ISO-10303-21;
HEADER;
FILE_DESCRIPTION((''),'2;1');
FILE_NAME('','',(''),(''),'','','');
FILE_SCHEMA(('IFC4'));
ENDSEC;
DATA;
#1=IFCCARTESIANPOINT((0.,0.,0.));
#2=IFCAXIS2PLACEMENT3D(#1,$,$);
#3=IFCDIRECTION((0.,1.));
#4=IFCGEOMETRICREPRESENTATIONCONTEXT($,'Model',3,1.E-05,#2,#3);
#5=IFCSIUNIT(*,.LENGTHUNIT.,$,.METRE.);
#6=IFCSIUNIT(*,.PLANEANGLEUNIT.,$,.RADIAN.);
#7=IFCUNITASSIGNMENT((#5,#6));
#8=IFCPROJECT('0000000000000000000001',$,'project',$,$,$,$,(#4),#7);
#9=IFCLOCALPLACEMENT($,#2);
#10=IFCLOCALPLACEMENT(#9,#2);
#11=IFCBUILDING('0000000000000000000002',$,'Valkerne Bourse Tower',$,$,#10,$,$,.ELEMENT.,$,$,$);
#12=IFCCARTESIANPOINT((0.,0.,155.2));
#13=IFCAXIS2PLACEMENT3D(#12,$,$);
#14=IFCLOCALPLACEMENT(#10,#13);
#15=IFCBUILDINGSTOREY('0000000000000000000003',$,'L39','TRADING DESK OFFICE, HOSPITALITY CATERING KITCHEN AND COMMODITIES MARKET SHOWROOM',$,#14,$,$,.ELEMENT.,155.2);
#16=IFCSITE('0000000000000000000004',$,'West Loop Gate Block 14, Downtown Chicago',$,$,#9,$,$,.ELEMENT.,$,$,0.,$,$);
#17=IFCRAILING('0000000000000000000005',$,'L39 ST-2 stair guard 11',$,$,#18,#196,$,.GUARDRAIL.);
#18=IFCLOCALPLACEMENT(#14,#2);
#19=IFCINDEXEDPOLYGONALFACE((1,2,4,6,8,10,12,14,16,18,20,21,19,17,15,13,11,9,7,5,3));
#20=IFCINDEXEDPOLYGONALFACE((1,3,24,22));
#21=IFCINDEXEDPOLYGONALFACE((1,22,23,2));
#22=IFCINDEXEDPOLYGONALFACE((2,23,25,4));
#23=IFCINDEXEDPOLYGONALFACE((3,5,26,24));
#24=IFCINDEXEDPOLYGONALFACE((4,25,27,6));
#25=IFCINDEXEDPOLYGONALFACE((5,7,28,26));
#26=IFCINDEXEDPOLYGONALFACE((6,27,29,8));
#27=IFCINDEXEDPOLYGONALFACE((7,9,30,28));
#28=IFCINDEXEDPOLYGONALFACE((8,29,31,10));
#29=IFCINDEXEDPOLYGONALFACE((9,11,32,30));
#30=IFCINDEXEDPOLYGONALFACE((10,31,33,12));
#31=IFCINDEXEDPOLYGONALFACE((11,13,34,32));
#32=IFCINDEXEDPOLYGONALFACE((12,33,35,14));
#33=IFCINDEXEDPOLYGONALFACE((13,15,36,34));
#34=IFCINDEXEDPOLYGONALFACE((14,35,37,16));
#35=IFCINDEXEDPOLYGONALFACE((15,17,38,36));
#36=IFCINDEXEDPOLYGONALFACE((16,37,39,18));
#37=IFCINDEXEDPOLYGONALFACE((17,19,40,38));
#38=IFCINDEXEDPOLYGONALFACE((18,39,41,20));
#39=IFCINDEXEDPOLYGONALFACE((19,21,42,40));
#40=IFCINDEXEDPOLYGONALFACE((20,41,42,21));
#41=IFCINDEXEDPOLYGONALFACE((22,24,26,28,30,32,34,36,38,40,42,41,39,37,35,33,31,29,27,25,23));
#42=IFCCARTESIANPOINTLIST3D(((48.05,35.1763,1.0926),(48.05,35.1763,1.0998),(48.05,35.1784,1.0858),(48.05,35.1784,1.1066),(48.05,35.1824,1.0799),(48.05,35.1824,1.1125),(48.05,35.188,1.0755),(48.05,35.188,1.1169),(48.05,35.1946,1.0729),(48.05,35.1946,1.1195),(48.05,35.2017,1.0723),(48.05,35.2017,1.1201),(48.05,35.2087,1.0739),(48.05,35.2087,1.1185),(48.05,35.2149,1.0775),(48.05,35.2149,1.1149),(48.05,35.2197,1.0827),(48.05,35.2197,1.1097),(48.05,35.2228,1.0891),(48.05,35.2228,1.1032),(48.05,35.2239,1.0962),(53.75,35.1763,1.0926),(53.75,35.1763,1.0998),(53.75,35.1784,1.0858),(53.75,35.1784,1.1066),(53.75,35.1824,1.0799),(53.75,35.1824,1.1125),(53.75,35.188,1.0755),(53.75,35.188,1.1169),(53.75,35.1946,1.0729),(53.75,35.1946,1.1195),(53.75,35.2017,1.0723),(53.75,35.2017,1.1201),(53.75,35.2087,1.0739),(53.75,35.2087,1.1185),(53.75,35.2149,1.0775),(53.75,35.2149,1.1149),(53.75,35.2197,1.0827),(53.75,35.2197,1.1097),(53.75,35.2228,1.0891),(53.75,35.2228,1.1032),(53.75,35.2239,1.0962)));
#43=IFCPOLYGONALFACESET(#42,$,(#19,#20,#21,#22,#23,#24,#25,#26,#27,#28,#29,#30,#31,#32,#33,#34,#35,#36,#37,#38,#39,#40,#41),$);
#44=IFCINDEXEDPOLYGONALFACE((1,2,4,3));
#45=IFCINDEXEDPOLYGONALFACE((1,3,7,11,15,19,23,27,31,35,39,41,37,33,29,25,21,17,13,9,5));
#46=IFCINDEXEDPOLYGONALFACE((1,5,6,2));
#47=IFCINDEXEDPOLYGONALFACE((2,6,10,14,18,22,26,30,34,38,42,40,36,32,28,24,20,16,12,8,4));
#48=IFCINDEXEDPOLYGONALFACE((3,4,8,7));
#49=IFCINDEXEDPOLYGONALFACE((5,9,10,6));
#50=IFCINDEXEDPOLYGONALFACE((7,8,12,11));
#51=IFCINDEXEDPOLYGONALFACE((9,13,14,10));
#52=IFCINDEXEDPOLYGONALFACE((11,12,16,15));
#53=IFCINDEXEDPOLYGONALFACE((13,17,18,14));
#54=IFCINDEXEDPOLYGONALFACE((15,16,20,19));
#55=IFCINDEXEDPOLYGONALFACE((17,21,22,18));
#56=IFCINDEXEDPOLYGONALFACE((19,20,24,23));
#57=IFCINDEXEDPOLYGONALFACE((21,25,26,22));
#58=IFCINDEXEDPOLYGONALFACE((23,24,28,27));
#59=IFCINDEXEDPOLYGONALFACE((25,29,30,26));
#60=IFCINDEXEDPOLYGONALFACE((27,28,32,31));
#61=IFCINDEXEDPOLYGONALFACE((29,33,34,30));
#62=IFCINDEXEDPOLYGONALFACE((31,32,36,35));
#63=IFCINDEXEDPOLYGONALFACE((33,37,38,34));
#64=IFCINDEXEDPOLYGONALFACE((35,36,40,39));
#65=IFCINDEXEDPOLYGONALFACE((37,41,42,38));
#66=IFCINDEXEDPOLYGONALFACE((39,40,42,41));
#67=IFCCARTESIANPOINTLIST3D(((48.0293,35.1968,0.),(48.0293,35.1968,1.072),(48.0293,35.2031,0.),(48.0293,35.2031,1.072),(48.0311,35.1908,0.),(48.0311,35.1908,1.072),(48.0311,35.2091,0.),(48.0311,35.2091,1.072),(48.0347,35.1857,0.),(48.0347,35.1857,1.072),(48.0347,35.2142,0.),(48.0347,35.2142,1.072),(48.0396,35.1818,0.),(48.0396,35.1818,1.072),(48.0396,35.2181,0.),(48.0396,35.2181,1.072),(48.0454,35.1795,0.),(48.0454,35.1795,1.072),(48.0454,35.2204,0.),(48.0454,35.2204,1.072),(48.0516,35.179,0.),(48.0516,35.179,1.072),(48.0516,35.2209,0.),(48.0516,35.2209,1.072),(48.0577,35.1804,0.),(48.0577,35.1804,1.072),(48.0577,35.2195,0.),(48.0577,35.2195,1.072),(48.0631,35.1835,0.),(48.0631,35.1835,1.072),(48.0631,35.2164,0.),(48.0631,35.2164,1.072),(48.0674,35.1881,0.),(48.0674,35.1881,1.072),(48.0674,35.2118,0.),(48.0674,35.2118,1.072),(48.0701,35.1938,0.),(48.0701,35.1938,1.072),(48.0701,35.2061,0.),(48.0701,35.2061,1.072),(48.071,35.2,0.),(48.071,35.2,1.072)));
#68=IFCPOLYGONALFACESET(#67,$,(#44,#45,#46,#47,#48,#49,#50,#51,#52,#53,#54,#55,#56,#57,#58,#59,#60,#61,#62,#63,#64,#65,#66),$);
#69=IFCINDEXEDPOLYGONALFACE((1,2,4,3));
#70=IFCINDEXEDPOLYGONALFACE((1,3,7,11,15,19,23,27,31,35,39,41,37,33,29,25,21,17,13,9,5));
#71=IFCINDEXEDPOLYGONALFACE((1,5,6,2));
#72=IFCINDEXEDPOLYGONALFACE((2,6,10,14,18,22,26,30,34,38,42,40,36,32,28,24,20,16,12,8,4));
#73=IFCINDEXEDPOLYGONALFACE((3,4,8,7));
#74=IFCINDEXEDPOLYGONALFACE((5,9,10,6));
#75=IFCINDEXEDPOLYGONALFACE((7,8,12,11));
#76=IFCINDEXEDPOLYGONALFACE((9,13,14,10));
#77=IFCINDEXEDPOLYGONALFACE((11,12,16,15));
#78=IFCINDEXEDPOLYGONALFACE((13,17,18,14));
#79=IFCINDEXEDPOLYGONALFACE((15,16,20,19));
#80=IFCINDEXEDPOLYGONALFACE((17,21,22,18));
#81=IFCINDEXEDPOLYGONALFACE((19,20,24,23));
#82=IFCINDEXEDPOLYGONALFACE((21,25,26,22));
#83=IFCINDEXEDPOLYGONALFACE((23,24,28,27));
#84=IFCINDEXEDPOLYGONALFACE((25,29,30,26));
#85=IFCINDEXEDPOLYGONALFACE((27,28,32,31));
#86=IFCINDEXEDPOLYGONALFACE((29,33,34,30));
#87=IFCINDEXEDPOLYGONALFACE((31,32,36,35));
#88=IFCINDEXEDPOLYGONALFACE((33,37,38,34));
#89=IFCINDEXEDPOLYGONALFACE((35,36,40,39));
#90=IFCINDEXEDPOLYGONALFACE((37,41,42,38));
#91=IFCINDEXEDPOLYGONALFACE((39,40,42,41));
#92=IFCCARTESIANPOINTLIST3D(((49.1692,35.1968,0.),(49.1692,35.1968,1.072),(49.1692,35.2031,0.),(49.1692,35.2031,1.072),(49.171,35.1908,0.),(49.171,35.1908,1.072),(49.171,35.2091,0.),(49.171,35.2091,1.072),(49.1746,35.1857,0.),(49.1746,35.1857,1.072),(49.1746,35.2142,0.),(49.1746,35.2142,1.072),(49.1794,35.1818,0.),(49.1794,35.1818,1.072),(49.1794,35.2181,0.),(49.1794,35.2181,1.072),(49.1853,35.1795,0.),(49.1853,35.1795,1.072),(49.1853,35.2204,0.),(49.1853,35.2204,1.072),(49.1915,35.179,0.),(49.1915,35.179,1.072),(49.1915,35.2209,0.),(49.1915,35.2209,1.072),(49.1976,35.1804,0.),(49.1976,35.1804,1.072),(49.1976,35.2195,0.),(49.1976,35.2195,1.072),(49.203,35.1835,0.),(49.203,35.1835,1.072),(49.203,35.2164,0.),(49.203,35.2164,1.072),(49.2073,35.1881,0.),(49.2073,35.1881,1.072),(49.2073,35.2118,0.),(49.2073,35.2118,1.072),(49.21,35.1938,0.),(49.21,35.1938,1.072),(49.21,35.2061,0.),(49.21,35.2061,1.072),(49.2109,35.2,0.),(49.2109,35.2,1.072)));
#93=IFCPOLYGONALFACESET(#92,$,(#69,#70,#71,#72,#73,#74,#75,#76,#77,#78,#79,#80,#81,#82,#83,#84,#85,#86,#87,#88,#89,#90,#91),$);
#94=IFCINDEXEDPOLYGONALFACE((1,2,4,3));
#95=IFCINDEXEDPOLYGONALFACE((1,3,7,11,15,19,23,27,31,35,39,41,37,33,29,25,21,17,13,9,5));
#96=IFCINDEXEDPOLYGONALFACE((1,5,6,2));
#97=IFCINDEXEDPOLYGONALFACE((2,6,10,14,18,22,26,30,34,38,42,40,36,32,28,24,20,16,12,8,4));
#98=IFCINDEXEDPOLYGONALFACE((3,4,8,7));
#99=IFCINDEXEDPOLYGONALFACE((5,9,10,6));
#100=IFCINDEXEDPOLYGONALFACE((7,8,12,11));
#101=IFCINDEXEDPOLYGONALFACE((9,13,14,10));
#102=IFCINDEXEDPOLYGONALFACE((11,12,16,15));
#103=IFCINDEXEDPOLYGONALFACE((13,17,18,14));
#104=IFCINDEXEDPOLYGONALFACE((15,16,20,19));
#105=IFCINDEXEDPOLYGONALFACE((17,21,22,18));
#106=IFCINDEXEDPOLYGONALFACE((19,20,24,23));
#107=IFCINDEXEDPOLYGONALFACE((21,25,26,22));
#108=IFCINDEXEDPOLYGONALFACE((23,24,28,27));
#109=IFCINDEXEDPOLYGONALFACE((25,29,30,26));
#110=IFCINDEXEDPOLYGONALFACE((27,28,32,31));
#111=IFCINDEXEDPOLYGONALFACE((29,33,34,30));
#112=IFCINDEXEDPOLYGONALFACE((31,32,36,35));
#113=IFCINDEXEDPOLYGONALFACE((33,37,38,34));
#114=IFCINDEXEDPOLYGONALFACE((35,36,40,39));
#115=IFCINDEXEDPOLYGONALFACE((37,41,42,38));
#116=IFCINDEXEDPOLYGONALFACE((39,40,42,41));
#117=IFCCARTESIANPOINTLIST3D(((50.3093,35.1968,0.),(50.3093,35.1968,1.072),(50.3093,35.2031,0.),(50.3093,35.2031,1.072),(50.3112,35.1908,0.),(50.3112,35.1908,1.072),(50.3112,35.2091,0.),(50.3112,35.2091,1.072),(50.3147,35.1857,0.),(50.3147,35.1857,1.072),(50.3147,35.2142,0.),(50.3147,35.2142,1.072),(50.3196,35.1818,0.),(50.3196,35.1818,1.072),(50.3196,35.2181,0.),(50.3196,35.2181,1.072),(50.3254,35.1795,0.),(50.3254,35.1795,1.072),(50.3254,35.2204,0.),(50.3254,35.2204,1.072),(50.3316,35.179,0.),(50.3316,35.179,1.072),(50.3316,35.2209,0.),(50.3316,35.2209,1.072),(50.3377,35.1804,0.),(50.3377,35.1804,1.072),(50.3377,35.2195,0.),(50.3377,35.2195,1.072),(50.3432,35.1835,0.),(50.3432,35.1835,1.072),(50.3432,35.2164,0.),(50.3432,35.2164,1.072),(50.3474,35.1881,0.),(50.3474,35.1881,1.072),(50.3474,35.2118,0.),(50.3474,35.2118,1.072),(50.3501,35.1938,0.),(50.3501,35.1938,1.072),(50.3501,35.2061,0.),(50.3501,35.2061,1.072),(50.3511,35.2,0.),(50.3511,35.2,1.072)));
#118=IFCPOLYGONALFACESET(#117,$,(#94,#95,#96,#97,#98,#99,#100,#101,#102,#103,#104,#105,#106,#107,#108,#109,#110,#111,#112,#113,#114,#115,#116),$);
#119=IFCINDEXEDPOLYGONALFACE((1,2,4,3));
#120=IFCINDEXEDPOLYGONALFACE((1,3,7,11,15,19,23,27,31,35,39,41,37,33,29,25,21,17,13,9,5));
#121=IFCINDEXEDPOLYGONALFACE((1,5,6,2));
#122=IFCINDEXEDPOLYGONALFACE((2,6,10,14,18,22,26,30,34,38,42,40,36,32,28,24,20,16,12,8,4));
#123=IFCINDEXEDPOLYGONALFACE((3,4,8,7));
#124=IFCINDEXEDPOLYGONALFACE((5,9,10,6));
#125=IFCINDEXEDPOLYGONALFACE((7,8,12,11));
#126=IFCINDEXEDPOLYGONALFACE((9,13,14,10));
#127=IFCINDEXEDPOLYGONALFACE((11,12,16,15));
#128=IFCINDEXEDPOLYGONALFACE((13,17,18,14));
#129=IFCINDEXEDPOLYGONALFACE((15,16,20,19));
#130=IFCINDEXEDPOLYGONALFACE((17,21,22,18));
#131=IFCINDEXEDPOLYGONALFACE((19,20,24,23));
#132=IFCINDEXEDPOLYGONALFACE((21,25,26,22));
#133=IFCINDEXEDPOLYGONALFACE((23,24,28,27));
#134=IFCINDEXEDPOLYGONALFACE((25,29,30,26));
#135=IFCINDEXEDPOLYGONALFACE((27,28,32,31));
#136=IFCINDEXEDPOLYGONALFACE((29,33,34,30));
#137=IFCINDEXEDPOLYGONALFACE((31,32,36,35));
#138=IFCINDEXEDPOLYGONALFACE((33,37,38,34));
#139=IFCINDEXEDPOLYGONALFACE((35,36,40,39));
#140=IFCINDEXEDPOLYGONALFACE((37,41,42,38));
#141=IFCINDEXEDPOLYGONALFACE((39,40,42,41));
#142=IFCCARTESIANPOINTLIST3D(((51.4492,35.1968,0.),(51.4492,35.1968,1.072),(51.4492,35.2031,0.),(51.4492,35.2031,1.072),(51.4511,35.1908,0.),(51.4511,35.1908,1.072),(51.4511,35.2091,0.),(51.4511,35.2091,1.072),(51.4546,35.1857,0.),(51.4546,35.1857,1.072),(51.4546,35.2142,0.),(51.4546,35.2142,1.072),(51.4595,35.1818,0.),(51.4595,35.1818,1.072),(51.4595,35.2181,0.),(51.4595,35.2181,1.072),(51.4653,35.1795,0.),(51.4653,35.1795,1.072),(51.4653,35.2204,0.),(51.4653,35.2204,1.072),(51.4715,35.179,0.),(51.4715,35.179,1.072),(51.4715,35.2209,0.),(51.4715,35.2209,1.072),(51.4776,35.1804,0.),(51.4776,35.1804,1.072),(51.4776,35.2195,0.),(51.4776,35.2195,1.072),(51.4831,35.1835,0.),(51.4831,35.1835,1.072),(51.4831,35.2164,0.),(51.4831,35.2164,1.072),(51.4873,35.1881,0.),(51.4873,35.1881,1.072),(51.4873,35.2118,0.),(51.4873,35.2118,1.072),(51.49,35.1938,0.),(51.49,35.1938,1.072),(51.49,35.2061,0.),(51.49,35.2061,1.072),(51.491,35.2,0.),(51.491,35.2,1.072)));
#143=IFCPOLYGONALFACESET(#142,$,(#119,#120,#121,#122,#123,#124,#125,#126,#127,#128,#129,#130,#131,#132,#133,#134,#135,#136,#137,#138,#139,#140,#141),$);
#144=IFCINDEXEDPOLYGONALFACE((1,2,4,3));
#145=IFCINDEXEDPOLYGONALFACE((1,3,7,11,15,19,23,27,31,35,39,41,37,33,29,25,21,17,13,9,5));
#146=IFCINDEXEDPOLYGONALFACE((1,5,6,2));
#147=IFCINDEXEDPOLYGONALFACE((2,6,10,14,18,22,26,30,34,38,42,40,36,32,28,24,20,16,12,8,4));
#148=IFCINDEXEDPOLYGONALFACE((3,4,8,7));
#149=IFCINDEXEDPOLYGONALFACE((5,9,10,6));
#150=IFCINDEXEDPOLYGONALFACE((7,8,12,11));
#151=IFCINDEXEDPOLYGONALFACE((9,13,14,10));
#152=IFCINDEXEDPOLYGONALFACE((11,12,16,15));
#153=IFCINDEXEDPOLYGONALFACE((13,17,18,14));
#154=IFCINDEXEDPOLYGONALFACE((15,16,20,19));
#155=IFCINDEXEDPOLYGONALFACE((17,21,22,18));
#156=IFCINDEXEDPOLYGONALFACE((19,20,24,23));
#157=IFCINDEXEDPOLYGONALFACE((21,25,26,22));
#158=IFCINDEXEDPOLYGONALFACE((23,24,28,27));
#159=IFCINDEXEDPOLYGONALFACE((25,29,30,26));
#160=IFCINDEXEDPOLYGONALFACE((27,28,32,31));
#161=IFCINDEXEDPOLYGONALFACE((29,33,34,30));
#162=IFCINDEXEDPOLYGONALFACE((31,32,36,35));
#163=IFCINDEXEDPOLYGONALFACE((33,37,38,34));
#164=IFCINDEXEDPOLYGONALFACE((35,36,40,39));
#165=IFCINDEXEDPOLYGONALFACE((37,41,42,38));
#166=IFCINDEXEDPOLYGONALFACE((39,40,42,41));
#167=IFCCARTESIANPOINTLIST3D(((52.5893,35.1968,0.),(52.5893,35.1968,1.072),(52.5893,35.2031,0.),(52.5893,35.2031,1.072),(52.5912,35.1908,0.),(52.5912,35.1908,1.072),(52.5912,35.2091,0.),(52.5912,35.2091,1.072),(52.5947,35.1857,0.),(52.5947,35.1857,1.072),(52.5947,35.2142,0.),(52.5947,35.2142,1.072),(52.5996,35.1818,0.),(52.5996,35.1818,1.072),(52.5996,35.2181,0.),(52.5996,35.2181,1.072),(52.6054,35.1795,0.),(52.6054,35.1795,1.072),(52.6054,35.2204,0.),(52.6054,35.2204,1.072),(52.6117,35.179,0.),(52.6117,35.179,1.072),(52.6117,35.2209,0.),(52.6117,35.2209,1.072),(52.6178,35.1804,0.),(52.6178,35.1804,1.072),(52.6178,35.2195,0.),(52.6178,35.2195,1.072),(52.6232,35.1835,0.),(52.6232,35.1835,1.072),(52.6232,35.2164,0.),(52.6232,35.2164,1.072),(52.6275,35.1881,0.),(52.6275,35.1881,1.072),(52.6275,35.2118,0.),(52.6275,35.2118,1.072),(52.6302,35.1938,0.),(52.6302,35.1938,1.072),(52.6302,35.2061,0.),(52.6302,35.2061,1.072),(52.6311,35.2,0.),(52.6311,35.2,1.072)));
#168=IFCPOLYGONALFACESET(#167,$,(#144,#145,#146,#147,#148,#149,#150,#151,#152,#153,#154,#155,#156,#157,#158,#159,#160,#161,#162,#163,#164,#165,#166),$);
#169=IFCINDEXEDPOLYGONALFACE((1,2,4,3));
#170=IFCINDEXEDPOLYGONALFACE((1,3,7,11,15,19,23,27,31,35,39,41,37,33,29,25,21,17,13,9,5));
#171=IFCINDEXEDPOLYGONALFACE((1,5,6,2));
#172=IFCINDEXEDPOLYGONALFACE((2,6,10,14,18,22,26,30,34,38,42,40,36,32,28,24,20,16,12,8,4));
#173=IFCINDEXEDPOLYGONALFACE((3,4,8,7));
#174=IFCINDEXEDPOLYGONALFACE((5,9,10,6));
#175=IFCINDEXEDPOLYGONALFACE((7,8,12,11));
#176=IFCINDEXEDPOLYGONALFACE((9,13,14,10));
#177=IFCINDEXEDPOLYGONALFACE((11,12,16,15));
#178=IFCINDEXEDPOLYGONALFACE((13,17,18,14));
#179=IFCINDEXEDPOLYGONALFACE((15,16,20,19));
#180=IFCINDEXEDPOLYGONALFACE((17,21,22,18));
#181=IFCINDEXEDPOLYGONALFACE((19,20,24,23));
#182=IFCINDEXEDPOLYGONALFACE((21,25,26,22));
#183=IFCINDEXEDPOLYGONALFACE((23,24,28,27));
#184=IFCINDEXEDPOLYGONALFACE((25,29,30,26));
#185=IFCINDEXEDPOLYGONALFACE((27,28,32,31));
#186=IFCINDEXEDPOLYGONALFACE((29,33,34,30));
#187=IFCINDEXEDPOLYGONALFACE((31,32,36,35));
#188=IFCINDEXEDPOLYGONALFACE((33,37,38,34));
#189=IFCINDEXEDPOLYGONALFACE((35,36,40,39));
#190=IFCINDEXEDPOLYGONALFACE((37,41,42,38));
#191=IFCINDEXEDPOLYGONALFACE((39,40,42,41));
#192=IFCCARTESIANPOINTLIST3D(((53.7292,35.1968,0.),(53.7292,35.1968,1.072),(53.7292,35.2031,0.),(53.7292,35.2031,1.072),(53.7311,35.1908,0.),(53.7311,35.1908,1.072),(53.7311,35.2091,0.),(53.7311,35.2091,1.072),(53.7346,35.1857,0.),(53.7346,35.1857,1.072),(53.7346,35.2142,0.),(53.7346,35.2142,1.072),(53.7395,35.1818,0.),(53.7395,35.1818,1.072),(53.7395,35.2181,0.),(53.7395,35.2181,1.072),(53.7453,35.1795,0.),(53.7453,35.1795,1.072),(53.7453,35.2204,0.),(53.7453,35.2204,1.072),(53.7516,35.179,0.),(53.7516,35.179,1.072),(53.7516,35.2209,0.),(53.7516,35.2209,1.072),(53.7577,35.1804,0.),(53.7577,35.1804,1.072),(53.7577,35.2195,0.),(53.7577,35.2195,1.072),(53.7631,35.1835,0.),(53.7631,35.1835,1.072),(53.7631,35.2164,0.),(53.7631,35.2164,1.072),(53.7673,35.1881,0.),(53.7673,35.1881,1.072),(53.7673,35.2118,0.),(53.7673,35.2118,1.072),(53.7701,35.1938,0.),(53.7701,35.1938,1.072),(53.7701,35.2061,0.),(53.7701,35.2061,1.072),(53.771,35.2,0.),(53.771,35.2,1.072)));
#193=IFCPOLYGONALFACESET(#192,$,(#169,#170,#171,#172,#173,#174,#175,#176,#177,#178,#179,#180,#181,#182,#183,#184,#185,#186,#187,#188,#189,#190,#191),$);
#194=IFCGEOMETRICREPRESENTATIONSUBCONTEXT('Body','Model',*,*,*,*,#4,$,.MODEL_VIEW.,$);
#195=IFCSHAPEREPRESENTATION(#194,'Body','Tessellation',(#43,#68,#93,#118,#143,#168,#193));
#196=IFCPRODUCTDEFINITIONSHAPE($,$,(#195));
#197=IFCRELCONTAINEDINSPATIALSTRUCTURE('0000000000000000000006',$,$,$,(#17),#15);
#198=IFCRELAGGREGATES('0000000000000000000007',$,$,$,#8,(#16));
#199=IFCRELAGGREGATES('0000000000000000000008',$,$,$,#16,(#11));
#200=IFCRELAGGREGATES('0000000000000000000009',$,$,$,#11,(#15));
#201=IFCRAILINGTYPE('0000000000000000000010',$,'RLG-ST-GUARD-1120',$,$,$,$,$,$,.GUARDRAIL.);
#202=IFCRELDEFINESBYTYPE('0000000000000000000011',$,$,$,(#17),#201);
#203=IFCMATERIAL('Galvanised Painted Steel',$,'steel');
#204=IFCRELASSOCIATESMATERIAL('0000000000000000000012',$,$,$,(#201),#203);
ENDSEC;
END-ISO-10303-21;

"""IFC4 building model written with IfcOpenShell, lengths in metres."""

from ifc_helpers import new_model, si_unit, direction, frame, origin, origin_2d, place, context, subcontext, project, spatial, circle, extrude, material, type_object, element, save


model = new_model("IFC4")

# Units and contexts
model_context = context("Model", 3, precision=1e-05, world=origin(), true_north=direction((0.0, 1.0)))
body_context = subcontext(model_context, "Body", "Model", "MODEL_VIEW")
ifc_project = project(units=[si_unit("LENGTHUNIT", "METRE"), si_unit("PLANEANGLEUNIT", "RADIAN")], contexts=[model_context])

# Site, building, storey
site_placement = place(None, origin())
site = spatial("IfcSite", under=ifc_project, at=site_placement, Name="West Loop Gate Block 14, Downtown Chicago", CompositionType="ELEMENT", RefElevation=0.0)
building_placement = place(site_placement, origin())
building = spatial("IfcBuilding", under=site, at=building_placement, Name="Valkerne Bourse Tower", CompositionType="ELEMENT")
storey_placement = place(building_placement, frame((0.0, 0.0, 155.2)))
storey = spatial("IfcBuildingStorey", under=building, at=storey_placement, Name="L39", Description="TRADING DESK OFFICE, HOSPITALITY CATERING KITCHEN AND COMMODITIES MARKET SHOWROOM", CompositionType="ELEMENT", Elevation=155.2)

# Shared definitions
ifc_material_1 = material(Name="Galvanised Painted Steel", Category="steel")

# Railing
railing_type = type_object("IfcRailingType", Name="RLG-ST-GUARD-1120", PredefinedType="GUARDRAIL", material=ifc_material_1)
for number, where, name in (
    (1, (48.05, 35.2, 0.0), "L39 ST-2 stair guard 11"),
):
    element("IfcRailing", number, at=place(storey_placement, frame(where)), inside=storey, type_object=railing_type, Name=name, PredefinedType="GUARDRAIL", context=body_context, shape_type="SweptSolid", body=[
        extrude(circle(Radius=0.0239, at=origin_2d()), frame((0.0, 0.0, 1.0962), z_axis=(1.0, 0.0, 0.0), x_axis=(0.0, 1.0, 0.0)), (0.0, 0.0, 1.0), 5.7),
        extrude(circle(Radius=0.021, at=origin_2d()), origin(), (0.0, 0.0, 1.0), 1.072),
        extrude(circle(Radius=0.021, at=origin_2d()), frame((1.1399, 0.0, 0.0)), (0.0, 0.0, 1.0), 1.072),
        extrude(circle(Radius=0.021, at=origin_2d()), frame((2.28, 0.0, 0.0)), (0.0, 0.0, 1.0), 1.072),
        extrude(circle(Radius=0.021, at=origin_2d()), frame((3.4199, 0.0, 0.0)), (0.0, 0.0, 1.0), 1.072),
        extrude(circle(Radius=0.021, at=origin_2d()), frame((4.5601, 0.0, 0.0)), (0.0, 0.0, 1.0), 1.072),
        extrude(circle(Radius=0.021, at=origin_2d()), frame((5.7, 0.0, 0.0)), (0.0, 0.0, 1.0), 1.072),
    ])

save(model, "model.ifc")
